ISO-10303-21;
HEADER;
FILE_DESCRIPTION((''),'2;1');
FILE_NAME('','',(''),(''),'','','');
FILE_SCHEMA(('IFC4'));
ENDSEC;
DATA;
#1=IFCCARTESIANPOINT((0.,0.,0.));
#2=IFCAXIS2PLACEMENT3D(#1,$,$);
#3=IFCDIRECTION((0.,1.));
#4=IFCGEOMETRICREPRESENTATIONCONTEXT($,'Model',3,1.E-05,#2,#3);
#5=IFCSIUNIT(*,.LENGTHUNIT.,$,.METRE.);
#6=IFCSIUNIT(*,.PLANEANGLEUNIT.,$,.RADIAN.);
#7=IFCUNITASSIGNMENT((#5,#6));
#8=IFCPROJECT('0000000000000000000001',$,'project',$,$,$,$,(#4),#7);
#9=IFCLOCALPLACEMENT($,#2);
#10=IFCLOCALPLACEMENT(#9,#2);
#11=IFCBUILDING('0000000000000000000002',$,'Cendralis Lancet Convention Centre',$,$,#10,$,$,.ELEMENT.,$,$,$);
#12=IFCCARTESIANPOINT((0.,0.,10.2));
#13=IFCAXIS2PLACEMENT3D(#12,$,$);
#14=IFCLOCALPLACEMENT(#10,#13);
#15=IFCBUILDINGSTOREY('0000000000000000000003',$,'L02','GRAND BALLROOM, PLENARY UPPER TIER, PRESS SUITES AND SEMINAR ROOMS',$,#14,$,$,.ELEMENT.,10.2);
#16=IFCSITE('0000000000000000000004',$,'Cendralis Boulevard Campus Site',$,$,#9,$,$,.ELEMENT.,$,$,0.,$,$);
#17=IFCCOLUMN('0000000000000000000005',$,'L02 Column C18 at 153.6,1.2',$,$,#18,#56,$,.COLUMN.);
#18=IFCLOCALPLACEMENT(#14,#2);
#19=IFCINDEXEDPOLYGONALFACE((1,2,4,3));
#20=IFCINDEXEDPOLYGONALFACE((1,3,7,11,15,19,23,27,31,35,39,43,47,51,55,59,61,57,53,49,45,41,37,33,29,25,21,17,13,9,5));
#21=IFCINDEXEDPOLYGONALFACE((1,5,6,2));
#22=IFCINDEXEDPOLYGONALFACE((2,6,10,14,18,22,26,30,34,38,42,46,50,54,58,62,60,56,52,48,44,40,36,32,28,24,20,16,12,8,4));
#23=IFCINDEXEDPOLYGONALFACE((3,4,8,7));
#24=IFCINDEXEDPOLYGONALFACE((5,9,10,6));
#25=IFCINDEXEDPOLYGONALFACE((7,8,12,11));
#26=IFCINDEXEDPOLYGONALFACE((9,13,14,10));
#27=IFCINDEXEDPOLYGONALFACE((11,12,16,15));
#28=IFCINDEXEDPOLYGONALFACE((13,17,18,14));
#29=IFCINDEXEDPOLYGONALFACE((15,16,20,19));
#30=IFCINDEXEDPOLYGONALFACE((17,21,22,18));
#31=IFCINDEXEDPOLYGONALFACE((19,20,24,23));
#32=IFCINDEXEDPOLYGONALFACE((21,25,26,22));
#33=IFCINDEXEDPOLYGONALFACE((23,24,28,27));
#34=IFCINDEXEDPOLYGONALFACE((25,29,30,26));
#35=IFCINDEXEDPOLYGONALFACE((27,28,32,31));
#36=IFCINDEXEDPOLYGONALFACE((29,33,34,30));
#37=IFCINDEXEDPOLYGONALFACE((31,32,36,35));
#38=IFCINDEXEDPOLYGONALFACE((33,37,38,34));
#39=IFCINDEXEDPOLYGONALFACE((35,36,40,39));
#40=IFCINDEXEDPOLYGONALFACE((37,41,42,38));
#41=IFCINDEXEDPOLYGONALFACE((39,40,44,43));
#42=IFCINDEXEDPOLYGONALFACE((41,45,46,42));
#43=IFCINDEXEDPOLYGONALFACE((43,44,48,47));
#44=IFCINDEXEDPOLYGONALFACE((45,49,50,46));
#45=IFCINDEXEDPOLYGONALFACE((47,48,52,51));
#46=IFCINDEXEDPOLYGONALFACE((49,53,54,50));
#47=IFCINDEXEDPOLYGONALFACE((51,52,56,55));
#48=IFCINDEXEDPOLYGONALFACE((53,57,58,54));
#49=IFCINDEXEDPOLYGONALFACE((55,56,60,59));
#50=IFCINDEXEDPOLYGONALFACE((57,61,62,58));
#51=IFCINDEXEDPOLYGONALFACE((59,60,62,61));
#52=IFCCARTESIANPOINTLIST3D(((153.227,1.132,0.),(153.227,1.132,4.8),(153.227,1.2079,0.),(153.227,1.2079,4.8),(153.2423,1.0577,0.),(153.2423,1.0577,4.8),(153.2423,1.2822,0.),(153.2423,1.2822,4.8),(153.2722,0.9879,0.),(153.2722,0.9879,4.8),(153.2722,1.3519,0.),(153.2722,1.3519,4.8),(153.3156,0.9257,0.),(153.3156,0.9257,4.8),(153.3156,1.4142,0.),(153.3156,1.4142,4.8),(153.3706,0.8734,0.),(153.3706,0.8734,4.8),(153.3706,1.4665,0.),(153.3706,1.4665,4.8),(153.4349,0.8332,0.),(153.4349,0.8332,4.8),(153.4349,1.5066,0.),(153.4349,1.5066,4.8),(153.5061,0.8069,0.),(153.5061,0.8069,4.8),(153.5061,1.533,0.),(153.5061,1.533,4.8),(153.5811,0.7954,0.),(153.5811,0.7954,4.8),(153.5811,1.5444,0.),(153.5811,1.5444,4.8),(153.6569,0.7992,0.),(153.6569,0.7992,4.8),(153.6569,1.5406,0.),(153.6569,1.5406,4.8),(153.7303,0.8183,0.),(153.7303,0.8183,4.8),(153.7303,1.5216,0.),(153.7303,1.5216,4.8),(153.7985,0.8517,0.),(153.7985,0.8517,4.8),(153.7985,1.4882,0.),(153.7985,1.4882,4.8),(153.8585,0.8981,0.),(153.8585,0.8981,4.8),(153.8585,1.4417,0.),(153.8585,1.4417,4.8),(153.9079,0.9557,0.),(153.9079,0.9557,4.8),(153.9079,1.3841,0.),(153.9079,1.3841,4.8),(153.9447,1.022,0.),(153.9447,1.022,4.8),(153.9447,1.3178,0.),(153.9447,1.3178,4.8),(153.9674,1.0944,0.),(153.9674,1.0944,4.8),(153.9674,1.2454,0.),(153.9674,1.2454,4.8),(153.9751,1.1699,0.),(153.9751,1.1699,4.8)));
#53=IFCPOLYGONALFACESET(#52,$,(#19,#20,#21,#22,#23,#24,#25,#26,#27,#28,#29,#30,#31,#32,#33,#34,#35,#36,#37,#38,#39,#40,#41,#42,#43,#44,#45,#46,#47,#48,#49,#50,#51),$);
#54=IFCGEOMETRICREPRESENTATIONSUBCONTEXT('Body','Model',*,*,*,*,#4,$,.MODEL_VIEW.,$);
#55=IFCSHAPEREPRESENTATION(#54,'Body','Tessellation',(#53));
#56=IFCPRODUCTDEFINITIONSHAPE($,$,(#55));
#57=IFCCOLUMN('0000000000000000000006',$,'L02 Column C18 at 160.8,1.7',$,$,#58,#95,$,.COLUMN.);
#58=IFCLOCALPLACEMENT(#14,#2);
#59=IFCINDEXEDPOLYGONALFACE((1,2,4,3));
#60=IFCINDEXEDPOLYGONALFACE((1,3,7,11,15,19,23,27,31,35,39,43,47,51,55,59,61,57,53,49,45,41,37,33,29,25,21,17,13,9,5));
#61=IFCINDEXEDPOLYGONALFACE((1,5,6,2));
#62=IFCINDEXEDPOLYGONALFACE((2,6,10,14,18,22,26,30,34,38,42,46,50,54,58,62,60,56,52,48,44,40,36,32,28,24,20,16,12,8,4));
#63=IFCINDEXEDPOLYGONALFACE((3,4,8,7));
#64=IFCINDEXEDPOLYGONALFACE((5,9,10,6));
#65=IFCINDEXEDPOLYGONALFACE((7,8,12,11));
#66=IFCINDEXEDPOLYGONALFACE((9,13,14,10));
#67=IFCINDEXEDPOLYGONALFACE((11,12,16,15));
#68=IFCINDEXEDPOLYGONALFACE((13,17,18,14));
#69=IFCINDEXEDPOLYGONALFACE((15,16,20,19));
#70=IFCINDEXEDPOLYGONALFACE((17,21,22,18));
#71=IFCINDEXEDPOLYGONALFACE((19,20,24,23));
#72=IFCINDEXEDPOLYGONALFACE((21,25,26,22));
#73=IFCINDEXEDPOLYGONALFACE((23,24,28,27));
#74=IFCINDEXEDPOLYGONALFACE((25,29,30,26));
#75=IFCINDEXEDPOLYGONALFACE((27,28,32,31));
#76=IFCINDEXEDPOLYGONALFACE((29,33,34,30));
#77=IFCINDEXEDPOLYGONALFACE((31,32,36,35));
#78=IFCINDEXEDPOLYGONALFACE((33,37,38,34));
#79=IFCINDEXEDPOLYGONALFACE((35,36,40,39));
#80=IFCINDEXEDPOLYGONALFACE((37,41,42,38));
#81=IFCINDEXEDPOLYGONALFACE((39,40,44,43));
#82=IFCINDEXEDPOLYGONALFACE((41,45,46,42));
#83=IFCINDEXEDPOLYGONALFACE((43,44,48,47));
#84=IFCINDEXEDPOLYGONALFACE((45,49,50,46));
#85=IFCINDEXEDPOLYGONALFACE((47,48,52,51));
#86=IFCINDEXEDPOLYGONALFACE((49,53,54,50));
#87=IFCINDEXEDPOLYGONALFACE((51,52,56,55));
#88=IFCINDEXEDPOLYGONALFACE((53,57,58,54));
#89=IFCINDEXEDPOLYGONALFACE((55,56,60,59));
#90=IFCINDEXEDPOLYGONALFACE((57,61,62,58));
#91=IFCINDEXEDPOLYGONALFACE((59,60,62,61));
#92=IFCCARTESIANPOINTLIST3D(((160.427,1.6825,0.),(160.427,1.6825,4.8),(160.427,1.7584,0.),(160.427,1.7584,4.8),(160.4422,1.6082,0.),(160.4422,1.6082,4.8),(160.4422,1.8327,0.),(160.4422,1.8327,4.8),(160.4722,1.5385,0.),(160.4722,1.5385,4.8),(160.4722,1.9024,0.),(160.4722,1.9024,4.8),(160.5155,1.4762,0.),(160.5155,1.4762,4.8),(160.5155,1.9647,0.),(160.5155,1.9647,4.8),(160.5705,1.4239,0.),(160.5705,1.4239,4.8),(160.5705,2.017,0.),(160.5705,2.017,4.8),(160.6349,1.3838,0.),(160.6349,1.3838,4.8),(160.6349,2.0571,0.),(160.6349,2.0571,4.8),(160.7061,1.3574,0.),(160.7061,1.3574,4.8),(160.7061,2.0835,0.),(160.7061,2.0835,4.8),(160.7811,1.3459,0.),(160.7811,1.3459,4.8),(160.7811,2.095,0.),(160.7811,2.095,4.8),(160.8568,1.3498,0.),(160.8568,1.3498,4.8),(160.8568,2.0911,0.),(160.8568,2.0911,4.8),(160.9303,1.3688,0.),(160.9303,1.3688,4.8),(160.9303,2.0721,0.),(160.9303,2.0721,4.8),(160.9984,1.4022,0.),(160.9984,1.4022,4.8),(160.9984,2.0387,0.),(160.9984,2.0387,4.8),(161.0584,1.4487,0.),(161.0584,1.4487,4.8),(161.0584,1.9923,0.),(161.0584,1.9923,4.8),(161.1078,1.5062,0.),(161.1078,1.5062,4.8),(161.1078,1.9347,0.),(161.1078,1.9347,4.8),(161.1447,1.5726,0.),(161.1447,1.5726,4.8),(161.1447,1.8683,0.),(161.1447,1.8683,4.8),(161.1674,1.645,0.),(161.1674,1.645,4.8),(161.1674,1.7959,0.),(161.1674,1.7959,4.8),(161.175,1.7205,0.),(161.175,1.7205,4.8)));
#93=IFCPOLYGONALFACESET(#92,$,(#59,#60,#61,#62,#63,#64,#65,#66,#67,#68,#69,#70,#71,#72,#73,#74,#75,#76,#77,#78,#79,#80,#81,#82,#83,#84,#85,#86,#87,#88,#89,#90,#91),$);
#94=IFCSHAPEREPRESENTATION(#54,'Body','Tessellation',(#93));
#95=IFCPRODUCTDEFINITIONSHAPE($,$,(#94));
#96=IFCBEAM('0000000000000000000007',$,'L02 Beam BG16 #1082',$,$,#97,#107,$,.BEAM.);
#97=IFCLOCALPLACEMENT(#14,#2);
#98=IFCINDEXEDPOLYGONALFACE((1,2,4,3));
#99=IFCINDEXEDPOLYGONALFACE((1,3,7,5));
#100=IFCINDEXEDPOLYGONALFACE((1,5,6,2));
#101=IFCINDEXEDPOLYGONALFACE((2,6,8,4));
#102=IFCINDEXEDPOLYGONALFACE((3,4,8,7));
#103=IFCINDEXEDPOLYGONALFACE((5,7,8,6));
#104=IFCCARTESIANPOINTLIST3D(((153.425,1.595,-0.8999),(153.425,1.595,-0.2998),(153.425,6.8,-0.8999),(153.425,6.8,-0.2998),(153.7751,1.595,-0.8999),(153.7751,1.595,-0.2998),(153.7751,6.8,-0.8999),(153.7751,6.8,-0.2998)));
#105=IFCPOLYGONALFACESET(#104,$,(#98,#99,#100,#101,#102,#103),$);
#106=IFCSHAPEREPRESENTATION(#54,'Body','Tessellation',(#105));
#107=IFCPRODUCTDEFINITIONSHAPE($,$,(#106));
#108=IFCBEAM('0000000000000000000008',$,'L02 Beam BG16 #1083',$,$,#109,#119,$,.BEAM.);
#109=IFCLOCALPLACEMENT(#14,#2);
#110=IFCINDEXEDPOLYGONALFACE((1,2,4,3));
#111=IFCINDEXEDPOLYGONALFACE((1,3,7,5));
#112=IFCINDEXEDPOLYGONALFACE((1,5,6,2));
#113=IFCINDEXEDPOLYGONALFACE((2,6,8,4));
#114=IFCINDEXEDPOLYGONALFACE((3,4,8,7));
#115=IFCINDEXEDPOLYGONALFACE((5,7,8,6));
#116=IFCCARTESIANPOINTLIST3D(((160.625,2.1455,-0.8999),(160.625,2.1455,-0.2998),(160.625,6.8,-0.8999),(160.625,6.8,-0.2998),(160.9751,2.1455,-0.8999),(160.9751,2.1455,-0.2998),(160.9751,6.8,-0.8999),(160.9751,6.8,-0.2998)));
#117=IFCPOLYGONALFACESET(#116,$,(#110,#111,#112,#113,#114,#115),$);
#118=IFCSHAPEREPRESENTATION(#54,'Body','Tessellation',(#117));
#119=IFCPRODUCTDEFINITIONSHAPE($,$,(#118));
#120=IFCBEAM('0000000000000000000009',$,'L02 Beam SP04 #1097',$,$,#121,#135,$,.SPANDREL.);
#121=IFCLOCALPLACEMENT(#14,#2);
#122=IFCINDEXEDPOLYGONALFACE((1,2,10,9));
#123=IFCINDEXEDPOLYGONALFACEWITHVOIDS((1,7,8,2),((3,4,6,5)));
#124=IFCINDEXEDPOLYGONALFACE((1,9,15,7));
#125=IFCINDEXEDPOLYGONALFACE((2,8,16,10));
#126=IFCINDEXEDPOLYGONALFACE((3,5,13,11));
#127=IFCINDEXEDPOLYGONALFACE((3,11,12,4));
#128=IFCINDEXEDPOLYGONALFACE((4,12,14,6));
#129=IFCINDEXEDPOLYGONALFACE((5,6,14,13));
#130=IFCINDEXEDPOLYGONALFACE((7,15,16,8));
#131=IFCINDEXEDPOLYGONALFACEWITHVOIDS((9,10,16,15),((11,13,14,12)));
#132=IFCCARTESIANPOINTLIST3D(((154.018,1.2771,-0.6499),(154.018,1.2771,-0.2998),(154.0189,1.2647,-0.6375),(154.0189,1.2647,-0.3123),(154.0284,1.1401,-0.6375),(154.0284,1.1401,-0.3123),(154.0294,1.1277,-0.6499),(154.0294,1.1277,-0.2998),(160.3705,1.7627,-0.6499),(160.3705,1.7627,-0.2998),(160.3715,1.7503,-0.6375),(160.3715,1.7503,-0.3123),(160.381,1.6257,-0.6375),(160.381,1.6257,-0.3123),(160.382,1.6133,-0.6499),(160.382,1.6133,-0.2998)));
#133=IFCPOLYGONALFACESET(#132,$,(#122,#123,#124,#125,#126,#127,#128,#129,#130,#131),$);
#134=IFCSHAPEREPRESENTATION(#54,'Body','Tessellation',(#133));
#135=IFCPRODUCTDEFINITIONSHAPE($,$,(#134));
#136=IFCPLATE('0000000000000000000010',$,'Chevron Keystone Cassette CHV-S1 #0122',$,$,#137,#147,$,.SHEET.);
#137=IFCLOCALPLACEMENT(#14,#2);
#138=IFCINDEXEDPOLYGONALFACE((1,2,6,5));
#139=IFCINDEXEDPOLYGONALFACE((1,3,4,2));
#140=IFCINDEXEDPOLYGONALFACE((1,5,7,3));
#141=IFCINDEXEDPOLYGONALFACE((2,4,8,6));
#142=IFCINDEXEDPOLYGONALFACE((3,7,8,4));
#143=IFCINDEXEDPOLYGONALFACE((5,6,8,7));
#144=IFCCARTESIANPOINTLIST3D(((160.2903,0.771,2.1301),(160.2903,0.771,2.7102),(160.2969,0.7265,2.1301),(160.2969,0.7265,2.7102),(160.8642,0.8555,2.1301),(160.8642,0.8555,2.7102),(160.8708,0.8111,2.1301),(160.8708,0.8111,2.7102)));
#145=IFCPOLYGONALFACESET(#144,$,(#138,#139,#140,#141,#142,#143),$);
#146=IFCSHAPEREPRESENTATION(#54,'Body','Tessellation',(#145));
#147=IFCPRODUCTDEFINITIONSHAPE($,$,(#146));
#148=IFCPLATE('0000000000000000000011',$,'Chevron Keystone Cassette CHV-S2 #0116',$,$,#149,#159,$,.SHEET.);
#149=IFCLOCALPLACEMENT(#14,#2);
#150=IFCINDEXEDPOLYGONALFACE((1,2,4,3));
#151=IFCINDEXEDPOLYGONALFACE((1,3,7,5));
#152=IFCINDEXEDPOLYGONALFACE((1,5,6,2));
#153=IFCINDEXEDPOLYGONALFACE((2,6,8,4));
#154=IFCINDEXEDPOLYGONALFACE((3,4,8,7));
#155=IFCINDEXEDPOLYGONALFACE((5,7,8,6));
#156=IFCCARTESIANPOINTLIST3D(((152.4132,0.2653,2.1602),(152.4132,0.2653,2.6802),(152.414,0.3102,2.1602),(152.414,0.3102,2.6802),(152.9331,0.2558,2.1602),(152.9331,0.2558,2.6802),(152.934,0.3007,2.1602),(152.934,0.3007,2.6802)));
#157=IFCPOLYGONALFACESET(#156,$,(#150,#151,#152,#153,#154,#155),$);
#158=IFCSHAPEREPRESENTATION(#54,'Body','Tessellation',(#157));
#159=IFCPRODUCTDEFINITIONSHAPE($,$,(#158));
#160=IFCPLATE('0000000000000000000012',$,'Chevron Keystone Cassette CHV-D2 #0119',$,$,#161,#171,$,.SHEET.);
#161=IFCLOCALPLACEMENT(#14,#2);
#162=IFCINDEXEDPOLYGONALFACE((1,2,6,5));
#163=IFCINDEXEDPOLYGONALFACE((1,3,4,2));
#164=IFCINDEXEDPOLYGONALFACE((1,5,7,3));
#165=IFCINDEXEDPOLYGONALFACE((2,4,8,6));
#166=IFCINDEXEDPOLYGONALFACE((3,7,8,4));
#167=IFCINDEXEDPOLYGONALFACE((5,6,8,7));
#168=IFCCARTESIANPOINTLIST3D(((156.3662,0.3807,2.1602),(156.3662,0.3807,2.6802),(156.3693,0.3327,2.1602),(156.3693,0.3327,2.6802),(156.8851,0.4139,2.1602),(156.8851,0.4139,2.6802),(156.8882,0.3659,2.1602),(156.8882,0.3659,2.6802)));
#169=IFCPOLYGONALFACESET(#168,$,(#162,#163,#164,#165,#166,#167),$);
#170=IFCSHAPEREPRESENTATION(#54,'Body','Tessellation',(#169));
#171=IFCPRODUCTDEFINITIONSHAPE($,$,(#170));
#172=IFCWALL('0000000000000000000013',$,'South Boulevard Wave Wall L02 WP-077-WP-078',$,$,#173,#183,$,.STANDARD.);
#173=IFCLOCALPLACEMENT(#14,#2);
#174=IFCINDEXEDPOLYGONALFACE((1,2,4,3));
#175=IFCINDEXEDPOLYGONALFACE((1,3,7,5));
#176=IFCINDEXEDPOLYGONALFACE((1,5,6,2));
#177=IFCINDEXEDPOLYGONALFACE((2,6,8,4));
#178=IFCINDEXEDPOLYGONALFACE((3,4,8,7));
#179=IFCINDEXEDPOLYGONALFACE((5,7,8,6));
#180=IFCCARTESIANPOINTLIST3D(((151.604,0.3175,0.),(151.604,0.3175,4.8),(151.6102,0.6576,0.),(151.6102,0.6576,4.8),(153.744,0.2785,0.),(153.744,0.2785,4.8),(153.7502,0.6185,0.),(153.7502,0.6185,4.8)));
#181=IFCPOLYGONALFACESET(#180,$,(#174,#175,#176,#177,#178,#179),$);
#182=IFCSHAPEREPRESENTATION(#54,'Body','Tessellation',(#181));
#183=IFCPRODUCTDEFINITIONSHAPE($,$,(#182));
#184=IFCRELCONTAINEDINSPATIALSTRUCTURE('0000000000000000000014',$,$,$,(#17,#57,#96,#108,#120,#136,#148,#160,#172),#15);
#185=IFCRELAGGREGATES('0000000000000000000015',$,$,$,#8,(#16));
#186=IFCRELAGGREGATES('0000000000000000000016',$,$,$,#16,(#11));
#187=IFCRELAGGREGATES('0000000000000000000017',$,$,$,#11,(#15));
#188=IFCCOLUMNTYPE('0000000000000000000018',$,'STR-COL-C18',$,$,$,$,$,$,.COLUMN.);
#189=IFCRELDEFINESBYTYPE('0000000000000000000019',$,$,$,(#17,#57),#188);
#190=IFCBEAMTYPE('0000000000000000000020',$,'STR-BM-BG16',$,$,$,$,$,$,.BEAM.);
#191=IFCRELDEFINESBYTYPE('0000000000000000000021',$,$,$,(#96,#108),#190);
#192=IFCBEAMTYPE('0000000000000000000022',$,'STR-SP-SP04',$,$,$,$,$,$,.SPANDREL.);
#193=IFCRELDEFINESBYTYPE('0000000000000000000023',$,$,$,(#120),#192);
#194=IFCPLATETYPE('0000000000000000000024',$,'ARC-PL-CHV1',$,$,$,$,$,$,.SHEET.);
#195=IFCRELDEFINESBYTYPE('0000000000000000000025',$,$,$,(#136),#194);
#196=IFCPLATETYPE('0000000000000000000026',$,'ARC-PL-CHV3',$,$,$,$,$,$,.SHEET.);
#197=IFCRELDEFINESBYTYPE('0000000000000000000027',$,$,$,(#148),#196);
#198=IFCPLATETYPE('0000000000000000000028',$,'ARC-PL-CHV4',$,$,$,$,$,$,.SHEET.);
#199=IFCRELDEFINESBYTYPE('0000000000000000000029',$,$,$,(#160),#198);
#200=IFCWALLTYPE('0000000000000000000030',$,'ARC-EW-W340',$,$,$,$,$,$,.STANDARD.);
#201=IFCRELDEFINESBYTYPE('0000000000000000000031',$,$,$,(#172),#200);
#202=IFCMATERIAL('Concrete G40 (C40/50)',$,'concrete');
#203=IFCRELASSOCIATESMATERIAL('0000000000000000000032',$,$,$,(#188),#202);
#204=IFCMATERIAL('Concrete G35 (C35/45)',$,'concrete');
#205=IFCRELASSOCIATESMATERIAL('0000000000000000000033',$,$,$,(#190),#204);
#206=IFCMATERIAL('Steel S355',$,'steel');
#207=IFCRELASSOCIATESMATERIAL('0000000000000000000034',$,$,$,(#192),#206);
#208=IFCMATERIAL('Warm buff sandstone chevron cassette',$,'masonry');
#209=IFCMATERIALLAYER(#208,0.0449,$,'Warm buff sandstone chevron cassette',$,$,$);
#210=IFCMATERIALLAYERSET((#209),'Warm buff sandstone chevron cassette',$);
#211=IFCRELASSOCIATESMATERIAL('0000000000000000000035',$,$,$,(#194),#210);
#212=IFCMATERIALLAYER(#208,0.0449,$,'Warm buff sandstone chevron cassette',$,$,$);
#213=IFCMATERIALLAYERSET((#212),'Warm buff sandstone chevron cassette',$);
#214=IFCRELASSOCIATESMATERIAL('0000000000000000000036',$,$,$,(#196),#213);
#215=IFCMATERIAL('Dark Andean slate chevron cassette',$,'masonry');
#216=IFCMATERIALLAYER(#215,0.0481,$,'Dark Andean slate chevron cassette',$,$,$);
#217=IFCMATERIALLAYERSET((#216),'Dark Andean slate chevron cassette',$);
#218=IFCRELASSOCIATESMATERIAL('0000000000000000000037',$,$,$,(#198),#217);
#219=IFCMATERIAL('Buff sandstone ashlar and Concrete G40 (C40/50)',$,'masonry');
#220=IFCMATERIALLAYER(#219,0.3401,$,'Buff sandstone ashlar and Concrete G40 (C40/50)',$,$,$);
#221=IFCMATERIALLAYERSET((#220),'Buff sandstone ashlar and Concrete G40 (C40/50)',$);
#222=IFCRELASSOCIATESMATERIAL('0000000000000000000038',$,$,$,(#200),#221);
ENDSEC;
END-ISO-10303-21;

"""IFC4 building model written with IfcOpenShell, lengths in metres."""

from ifc_helpers import new_model, si_unit, direction, frame, frame_2d, origin, origin_2d, place, context, subcontext, project, spatial, rectangle, hollow_rectangle, circle, extrude, material, layer, layer_set, material_profile, profile_set, type_object, element, save


model = new_model("IFC4")

# Units and contexts
model_context = context("Model", 3, precision=1e-05, world=origin(), true_north=direction((0.0, 1.0)))
body_context = subcontext(model_context, "Body", "Model", "MODEL_VIEW")
ifc_project = project(units=[si_unit("LENGTHUNIT", "METRE"), si_unit("PLANEANGLEUNIT", "RADIAN")], contexts=[model_context])

# Site, building, storey
site_placement = place(None, origin())
site = spatial("IfcSite", under=ifc_project, at=site_placement, Name="Cendralis Boulevard Campus Site", CompositionType="ELEMENT", RefElevation=0.0)
building_placement = place(site_placement, origin())
building = spatial("IfcBuilding", under=site, at=building_placement, Name="Cendralis Lancet Convention Centre", CompositionType="ELEMENT")
storey_placement = place(building_placement, frame((0.0, 0.0, 10.2)))
storey = spatial("IfcBuildingStorey", under=building, at=storey_placement, Name="L02", Description="GRAND BALLROOM, PLENARY UPPER TIER, PRESS SUITES AND SEMINAR ROOMS", CompositionType="ELEMENT", Elevation=10.2)

# Columns
ifc_material_1 = material(Name="Concrete G40 (C40/50)", Category="concrete")
ifc_material_profile_1 = material_profile(ifc_material_1, circle(Radius=0.375, at=origin_2d()), Name="RC D750")
ifc_profile_set_1 = profile_set([ifc_material_profile_1], Name="Concrete G40 (C40/50)")
column_type = type_object("IfcColumnType", Name="STR-COL-C18", PredefinedType="COLUMN", material=ifc_profile_set_1)
for number, where, z_axis, x_axis, name in (
    (1, (153.6001, 1.1699, 0.0), (0.0, 0.0, 1.0), (1.0, 0.0, 0.0), "L02 Column C18 at 153.6,1.2"),
    (2, (160.8, 1.7205, 0.0), (0.0, 0.0, 1.0), (1.0, 0.0, 0.0), "L02 Column C18 at 160.8,1.7"),
):
    element("IfcColumn", number, at=place(storey_placement, frame(where, z_axis=z_axis, x_axis=x_axis)), inside=storey, type_object=column_type, Name=name, PredefinedType="COLUMN", context=body_context, shape_type="SweptSolid", body=[
        extrude(circle(Radius=0.375, at=origin_2d()), origin(), (0.0, 0.0, 1.0), 4.8),
    ])

# Beams
ifc_material_2 = material(Name="Concrete G35 (C35/45)", Category="concrete")
ifc_material_profile_2 = material_profile(ifc_material_2, rectangle(XDim=0.3501, YDim=0.6001, at=origin_2d()), Name="RCB 350x600")
ifc_profile_set_2 = profile_set([ifc_material_profile_2], Name="Concrete G35 (C35/45)")
beam_type_1 = type_object("IfcBeamType", Name="STR-BM-BG16", PredefinedType="BEAM", material=ifc_profile_set_2)
beam_1_placement = place(storey_placement, frame((153.6001, 1.595, -0.5999), z_axis=(0.0, 1.0, 0.0), x_axis=(-1.0, 0.0, 0.0)))
element("IfcBeam", 3, at=beam_1_placement, inside=storey, type_object=beam_type_1, Name="L02 Beam BG16 #1082", PredefinedType="BEAM", context=body_context, shape_type="SweptSolid", body=[
    extrude(rectangle(XDim=0.3501, YDim=0.6001, at=origin_2d()), origin(), (0.0, 0.0, 1.0), 5.2051),
])
beam_2_placement = place(storey_placement, frame((160.8, 2.1455, -0.5999), z_axis=(0.0, 1.0, 0.0), x_axis=(-1.0, 0.0, 0.0)))
element("IfcBeam", 4, at=beam_2_placement, inside=storey, type_object=beam_type_1, Name="L02 Beam BG16 #1083", PredefinedType="BEAM", context=body_context, shape_type="SweptSolid", body=[
    extrude(rectangle(XDim=0.3501, YDim=0.6001, at=origin_2d()), origin(), (0.0, 0.0, 1.0), 4.6545),
])
ifc_material_3 = material(Name="Steel S355", Category="steel")
ifc_material_profile_3 = material_profile(ifc_material_3, hollow_rectangle(XDim=0.1499, YDim=0.3501, WallThickness=0.0125, at=origin_2d()), Name="RHS 350x150x12.5")
ifc_profile_set_3 = profile_set([ifc_material_profile_3], Name="Steel S355")
beam_type_2 = type_object("IfcBeamType", Name="STR-SP-SP04", PredefinedType="SPANDREL", material=ifc_profile_set_3)
beam_3_placement = place(storey_placement, frame((154.0237, 1.2024, -0.4749), z_axis=(0.997091, 0.076219, 0.0), x_axis=(-0.076219, 0.997091, 0.0)))
element("IfcBeam", 5, at=beam_3_placement, inside=storey, type_object=beam_type_2, Name="L02 Beam SP04 #1097", PredefinedType="SPANDREL", context=body_context, shape_type="SweptSolid", body=[
    extrude(hollow_rectangle(XDim=0.1499, YDim=0.3501, WallThickness=0.0125, at=origin_2d()), origin(), (0.0, 0.0, 1.0), 6.3711),
])

# Plates
ifc_material_4 = material(Name="Warm buff sandstone chevron cassette", Category="masonry")
ifc_layer_1 = layer(ifc_material_4, 0.0449, Name="Warm buff sandstone chevron cassette")
ifc_layer_set_1 = layer_set([ifc_layer_1], Name="Warm buff sandstone chevron cassette")
plate_type_1 = type_object("IfcPlateType", Name="ARC-PL-CHV1", PredefinedType="SHEET", material=ifc_layer_set_1)
plate_1_placement = place(storey_placement, frame((160.5806, 0.791, 2.1301), z_axis=(0.0, 0.0, 1.0), x_axis=(0.989328, 0.145703, 0.0)))
element("IfcPlate", 6, at=plate_1_placement, inside=storey, type_object=plate_type_1, Name="Chevron Keystone Cassette CHV-S1 #0122", PredefinedType="SHEET", context=body_context, shape_type="SweptSolid", body=[
    extrude(rectangle(XDim=0.5801, YDim=0.0449, at=origin_2d()), origin(), (0.0, 0.0, 1.0), 0.5801),
])
ifc_layer_2 = layer(ifc_material_4, 0.0449, Name="Warm buff sandstone chevron cassette")
ifc_layer_set_2 = layer_set([ifc_layer_2], Name="Warm buff sandstone chevron cassette")
plate_type_2 = type_object("IfcPlateType", Name="ARC-PL-CHV3", PredefinedType="SHEET", material=ifc_layer_set_2)
plate_2_placement = place(storey_placement, frame((152.6736, 0.283, 2.1602), z_axis=(0.0, 0.0, 1.0), x_axis=(0.999833, -0.018273, 0.0)))
element("IfcPlate", 7, at=plate_2_placement, inside=storey, type_object=plate_type_2, Name="Chevron Keystone Cassette CHV-S2 #0116", PredefinedType="SHEET", context=body_context, shape_type="SweptSolid", body=[
    extrude(rectangle(XDim=0.52, YDim=0.0449, at=origin_2d()), origin(), (0.0, 0.0, 1.0), 0.52),
])
ifc_material_5 = material(Name="Dark Andean slate chevron cassette", Category="masonry")
ifc_layer_3 = layer(ifc_material_5, 0.0481, Name="Dark Andean slate chevron cassette")
ifc_layer_set_3 = layer_set([ifc_layer_3], Name="Dark Andean slate chevron cassette")
plate_type_3 = type_object("IfcPlateType", Name="ARC-PL-CHV4", PredefinedType="SHEET", material=ifc_layer_set_3)
plate_3_placement = place(storey_placement, frame((156.6272, 0.3733, 2.1602), z_axis=(0.0, 0.0, 1.0), x_axis=(0.997959, 0.063853, 0.0)))
element("IfcPlate", 8, at=plate_3_placement, inside=storey, type_object=plate_type_3, Name="Chevron Keystone Cassette CHV-D2 #0119", PredefinedType="SHEET", context=body_context, shape_type="SweptSolid", body=[
    extrude(rectangle(XDim=0.52, YDim=0.0481, at=origin_2d()), origin(), (0.0, 0.0, 1.0), 0.52),
])

# Wall
ifc_material_6 = material(Name="Buff sandstone ashlar and Concrete G40 (C40/50)", Category="masonry")
ifc_layer_4 = layer(ifc_material_6, 0.3401, Name="Buff sandstone ashlar and Concrete G40 (C40/50)")
ifc_layer_set_4 = layer_set([ifc_layer_4], Name="Buff sandstone ashlar and Concrete G40 (C40/50)")
wall_type = type_object("IfcWallType", Name="ARC-EW-W340", PredefinedType="STANDARD", material=ifc_layer_set_4)
wall_1_placement = place(storey_placement, frame((151.6069, 0.4875, 0.0), z_axis=(0.0, 0.0, 1.0), x_axis=(0.999833, -0.018249, 0.0)))
element("IfcWall", 9, at=wall_1_placement, inside=storey, type_object=wall_type, Name="South Boulevard Wave Wall L02 WP-077-WP-078", PredefinedType="STANDARD", context=body_context, shape_type="SweptSolid", body=[
    extrude(rectangle(XDim=2.1404, YDim=0.3401, at=frame_2d((1.0703, 0.0))), origin(), (0.0, 0.0, 1.0), 4.8),
])

save(model, "model.ifc")
